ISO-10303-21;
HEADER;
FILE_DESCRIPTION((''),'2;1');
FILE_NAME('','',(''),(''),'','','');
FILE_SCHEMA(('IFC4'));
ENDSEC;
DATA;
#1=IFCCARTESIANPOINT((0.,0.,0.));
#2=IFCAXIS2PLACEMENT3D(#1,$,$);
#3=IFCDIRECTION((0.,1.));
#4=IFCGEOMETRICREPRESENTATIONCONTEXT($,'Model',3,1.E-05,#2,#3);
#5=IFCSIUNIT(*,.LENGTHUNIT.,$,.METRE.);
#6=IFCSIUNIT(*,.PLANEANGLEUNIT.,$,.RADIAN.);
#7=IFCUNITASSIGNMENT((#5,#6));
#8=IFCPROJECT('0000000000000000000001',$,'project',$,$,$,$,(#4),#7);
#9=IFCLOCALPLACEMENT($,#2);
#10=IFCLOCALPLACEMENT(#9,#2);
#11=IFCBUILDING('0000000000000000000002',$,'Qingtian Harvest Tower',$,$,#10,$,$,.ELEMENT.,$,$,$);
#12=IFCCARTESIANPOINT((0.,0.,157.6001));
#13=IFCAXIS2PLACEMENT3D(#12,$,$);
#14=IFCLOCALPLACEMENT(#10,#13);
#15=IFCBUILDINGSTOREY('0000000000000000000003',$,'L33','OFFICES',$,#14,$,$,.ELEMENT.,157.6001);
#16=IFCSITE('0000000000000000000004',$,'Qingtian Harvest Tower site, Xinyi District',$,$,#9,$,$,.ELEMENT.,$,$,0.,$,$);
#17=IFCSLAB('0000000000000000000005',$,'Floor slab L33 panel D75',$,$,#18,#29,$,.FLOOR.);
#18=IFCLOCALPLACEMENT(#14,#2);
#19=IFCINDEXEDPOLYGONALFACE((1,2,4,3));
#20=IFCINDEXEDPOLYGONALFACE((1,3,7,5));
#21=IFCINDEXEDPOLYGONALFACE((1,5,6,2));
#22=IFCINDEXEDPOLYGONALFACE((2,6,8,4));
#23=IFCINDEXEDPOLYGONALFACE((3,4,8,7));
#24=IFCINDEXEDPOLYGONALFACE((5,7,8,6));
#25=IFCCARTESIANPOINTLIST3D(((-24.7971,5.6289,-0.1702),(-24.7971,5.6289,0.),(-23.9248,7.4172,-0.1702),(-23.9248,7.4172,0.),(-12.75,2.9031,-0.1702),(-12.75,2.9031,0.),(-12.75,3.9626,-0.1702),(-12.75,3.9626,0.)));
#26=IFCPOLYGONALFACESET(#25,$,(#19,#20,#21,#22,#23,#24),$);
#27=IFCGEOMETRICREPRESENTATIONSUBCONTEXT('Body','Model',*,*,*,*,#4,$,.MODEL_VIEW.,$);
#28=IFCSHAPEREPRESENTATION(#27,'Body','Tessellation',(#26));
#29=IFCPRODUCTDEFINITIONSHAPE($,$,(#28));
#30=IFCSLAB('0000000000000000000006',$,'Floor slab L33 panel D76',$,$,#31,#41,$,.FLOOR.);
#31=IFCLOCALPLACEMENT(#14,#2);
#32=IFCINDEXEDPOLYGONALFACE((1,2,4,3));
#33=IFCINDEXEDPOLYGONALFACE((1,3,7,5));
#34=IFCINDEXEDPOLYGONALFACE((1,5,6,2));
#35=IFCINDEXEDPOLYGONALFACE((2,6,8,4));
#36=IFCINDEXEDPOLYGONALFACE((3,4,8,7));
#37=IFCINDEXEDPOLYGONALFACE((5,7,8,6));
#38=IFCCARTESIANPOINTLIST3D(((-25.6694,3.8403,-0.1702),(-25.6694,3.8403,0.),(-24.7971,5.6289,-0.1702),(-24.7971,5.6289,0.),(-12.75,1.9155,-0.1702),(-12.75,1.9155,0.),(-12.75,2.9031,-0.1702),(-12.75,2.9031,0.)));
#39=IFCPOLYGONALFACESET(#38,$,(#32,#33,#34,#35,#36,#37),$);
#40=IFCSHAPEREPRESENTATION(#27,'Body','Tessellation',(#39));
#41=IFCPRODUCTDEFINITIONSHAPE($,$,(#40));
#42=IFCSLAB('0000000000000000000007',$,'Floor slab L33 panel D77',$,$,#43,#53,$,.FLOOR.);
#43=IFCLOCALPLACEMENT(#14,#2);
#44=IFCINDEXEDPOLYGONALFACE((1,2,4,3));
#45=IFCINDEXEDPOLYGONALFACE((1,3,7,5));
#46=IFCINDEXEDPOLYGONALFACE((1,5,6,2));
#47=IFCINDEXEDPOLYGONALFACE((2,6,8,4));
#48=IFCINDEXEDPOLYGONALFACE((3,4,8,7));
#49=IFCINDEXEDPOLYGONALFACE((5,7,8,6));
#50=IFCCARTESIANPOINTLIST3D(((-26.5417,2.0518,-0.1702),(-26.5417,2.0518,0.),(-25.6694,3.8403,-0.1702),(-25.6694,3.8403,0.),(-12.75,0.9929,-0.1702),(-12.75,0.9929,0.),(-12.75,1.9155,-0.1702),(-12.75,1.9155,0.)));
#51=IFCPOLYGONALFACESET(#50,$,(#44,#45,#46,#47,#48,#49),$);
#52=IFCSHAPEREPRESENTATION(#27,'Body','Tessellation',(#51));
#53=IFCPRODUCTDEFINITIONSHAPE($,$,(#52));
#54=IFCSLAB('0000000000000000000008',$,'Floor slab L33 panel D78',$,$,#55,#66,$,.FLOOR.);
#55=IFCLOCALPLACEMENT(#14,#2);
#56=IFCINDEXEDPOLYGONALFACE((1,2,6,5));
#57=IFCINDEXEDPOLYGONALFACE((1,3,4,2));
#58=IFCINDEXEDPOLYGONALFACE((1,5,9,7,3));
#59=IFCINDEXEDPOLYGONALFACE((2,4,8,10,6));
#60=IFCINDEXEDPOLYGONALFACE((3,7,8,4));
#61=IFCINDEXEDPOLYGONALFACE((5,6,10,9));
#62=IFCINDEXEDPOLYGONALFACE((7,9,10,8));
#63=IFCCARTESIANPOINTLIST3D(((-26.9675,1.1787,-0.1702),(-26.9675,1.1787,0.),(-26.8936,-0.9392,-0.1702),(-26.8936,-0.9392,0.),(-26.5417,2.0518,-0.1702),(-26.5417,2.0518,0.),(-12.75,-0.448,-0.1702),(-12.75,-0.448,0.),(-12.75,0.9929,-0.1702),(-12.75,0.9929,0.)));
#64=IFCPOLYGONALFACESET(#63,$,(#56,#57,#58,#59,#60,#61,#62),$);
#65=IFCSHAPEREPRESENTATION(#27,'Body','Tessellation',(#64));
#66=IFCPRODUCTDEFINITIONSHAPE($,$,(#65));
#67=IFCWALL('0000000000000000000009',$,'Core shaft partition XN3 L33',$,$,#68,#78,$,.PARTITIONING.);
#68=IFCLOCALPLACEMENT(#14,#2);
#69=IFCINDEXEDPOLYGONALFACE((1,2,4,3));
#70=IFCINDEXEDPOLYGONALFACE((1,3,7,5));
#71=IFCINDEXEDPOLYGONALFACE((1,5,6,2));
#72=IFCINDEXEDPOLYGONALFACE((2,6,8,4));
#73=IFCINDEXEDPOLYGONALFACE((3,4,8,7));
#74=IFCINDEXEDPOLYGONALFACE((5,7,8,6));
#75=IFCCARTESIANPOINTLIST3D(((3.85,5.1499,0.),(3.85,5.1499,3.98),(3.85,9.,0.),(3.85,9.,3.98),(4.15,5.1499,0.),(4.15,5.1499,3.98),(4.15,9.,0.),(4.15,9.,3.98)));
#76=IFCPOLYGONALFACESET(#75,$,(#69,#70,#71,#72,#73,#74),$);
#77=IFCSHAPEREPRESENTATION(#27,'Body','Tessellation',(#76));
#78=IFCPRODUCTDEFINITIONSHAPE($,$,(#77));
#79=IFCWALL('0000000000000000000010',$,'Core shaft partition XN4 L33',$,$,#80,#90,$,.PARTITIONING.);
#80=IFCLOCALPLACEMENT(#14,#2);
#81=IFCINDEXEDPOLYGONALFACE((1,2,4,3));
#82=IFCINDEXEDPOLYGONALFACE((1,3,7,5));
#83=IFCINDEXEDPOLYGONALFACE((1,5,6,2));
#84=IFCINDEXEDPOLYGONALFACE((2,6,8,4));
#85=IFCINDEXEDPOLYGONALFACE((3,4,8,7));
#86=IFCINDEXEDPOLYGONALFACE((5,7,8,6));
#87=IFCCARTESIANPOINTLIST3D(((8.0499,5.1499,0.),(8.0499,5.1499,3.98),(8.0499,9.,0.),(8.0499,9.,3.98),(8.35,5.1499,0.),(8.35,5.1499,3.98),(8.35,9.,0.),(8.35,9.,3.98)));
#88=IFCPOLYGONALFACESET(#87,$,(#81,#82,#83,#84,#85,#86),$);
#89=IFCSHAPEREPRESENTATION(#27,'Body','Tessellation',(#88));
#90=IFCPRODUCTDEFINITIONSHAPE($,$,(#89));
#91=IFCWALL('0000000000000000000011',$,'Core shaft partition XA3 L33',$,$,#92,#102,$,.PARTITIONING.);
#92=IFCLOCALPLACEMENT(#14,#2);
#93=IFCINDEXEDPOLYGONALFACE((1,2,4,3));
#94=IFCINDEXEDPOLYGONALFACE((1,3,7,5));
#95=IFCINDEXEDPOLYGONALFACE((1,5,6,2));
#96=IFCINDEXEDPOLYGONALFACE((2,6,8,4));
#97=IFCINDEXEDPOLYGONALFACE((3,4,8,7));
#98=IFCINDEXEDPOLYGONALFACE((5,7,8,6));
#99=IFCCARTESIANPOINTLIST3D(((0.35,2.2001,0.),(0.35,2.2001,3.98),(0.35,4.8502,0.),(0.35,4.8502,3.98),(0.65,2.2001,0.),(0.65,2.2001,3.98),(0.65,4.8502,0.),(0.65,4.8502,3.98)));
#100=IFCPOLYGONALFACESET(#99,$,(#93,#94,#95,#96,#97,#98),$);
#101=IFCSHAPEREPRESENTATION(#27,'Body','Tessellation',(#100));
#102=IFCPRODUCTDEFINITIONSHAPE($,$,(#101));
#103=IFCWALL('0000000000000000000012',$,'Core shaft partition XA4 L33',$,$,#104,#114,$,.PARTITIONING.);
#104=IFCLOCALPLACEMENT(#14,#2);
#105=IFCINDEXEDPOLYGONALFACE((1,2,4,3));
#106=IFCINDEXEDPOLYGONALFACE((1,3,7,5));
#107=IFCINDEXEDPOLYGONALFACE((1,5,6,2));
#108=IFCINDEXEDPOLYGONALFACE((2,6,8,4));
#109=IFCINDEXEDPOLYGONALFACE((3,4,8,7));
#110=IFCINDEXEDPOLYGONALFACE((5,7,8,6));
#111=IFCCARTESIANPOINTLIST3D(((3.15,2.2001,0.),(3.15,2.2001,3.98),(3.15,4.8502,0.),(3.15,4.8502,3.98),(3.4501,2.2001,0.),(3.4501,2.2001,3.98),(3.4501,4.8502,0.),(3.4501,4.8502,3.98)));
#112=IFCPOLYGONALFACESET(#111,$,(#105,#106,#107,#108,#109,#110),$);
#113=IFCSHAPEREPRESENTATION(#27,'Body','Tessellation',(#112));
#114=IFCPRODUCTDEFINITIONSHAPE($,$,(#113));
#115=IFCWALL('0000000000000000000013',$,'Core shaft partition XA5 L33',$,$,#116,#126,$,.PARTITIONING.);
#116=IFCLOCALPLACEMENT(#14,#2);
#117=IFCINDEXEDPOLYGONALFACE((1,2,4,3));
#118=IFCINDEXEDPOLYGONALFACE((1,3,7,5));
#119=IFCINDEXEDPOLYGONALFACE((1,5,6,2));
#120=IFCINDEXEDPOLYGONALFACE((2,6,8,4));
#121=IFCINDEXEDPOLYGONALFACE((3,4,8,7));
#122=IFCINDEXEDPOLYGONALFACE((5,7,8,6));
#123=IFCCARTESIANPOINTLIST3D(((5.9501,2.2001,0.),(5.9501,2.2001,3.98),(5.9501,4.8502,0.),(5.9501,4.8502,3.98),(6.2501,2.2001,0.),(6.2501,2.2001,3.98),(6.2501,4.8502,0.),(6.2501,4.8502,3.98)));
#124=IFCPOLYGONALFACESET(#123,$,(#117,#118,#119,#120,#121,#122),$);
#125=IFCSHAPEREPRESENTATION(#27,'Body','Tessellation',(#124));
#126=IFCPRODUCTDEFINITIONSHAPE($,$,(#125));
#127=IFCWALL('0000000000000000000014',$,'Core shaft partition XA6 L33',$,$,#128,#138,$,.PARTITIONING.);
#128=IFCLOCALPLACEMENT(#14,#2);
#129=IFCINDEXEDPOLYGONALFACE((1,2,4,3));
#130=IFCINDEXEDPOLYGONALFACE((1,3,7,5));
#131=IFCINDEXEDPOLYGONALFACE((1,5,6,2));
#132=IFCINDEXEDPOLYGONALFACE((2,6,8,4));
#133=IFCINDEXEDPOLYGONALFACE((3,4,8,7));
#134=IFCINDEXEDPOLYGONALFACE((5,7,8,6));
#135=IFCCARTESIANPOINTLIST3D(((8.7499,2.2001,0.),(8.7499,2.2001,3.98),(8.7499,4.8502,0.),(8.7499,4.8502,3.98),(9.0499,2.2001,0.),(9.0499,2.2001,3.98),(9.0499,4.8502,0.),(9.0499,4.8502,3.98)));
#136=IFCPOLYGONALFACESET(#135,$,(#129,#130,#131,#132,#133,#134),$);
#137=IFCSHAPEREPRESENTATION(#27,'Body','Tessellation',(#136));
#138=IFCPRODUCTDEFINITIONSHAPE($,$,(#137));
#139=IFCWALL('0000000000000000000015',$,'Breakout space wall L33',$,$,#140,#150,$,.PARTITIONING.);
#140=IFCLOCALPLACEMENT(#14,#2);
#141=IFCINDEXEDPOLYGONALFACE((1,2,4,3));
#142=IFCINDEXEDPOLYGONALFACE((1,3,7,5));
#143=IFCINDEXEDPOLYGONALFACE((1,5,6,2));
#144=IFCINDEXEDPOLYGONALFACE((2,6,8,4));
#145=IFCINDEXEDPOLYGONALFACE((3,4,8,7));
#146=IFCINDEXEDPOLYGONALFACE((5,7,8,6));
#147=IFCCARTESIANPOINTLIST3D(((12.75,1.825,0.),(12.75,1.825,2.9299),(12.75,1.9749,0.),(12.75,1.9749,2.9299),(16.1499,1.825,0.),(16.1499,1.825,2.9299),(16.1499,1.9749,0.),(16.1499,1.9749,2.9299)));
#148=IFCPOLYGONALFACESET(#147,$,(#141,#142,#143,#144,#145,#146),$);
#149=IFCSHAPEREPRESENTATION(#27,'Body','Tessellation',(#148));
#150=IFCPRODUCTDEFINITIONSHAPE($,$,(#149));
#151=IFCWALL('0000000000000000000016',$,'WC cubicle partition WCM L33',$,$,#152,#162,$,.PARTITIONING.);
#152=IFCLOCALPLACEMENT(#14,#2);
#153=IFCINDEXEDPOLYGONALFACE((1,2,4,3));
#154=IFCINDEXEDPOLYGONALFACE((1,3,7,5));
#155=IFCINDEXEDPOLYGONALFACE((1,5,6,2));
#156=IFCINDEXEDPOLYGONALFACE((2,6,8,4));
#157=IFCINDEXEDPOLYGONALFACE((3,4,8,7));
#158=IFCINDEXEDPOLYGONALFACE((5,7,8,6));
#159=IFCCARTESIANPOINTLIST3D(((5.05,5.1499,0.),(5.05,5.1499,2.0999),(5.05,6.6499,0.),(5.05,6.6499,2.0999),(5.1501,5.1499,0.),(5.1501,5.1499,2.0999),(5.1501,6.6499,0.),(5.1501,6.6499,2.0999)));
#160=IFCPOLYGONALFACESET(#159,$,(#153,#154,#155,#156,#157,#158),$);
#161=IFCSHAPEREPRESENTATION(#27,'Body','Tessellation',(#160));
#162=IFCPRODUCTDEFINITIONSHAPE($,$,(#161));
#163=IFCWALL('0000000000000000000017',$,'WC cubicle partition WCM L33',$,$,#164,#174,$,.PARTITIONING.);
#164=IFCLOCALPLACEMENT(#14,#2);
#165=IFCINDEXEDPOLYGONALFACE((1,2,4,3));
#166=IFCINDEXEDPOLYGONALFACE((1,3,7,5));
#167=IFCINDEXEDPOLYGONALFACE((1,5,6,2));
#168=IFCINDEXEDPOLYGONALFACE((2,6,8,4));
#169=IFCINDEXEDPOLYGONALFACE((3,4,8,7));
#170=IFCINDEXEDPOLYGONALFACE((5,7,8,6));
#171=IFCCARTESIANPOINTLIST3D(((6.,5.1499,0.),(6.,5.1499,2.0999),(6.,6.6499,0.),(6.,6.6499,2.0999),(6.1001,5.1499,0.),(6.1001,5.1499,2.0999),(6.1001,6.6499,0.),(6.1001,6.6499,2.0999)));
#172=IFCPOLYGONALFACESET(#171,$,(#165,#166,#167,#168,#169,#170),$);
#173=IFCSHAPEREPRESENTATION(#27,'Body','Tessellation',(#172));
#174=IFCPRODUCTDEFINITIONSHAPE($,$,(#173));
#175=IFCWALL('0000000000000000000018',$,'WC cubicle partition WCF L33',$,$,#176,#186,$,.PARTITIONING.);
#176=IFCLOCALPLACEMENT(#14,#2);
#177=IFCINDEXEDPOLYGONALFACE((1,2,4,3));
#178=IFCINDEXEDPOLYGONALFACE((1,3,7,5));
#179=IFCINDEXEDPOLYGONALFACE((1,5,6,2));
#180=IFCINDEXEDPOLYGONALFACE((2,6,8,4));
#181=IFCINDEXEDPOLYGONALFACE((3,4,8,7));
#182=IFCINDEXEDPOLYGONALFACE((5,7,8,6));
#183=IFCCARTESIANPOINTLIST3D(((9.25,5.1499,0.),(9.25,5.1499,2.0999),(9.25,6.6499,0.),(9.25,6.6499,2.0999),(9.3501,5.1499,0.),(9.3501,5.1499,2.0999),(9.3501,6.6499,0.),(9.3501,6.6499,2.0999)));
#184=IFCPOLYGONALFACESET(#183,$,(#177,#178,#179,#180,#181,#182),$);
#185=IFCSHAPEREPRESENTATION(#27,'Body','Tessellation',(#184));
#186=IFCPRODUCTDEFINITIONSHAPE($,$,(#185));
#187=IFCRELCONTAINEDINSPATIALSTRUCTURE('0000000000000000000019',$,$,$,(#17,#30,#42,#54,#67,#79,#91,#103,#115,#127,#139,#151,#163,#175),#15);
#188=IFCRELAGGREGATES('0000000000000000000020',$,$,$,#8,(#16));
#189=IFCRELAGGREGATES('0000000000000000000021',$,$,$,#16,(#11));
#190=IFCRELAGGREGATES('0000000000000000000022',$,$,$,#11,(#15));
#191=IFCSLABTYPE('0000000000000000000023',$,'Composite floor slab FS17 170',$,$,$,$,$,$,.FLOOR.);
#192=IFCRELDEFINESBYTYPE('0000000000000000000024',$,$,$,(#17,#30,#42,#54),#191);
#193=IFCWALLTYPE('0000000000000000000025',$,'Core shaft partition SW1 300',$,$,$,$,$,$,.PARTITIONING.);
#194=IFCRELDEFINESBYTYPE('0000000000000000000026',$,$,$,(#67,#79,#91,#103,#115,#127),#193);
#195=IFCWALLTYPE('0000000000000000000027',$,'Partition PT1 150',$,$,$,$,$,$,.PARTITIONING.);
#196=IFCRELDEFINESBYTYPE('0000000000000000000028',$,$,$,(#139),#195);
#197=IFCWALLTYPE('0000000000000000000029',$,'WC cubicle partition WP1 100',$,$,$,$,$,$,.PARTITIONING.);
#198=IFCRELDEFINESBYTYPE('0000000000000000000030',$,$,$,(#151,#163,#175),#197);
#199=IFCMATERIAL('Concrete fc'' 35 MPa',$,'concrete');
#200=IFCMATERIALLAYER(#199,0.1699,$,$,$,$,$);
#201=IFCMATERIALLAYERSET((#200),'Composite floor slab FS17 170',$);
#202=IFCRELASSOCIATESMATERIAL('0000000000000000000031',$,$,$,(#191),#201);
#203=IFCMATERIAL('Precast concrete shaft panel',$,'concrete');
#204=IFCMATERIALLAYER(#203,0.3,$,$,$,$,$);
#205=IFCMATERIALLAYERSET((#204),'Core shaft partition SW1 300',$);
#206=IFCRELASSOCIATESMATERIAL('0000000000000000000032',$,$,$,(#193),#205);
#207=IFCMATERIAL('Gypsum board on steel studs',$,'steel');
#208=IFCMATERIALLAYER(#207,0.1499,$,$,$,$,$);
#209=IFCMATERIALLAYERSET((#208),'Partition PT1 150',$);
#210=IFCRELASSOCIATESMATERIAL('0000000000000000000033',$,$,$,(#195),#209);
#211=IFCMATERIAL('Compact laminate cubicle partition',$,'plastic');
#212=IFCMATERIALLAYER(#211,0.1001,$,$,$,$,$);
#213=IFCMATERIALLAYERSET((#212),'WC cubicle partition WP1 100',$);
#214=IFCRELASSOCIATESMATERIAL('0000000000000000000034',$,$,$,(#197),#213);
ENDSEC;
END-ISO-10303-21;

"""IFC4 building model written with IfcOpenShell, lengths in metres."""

from ifc_helpers import new_model, si_unit, direction, frame, frame_2d, origin, place, context, subcontext, project, spatial, polyline, rectangle, outline, extrude, material, layer, layer_set, type_object, element, save


model = new_model("IFC4")

# Units and contexts
model_context = context("Model", 3, precision=1e-05, world=origin(), true_north=direction((0.0, 1.0)))
body_context = subcontext(model_context, "Body", "Model", "MODEL_VIEW")
ifc_project = project(units=[si_unit("LENGTHUNIT", "METRE"), si_unit("PLANEANGLEUNIT", "RADIAN")], contexts=[model_context])

# Site, building, storey
site_placement = place(None, origin())
site = spatial("IfcSite", under=ifc_project, at=site_placement, Name="Qingtian Harvest Tower site, Xinyi District", CompositionType="ELEMENT", RefElevation=0.0)
building_placement = place(site_placement, origin())
building = spatial("IfcBuilding", under=site, at=building_placement, Name="Qingtian Harvest Tower", CompositionType="ELEMENT")
storey_placement = place(building_placement, frame((0.0, 0.0, 157.6001)))
storey = spatial("IfcBuildingStorey", under=building, at=storey_placement, Name="L33", Description="OFFICES", CompositionType="ELEMENT", Elevation=157.6001)

# Slabs
ifc_material_1 = material(Name="Concrete fc' 35 MPa", Category="concrete")
ifc_layer_1 = layer(ifc_material_1, 0.1699)
ifc_layer_set_1 = layer_set([ifc_layer_1], Name="Composite floor slab FS17 170")
slab_type = type_object("IfcSlabType", Name="Composite floor slab FS17 170", PredefinedType="FLOOR", material=ifc_layer_set_1)
slab_1_placement = place(storey_placement, frame((0.0, 0.0, -0.1702)))
element("IfcSlab", 1, at=slab_1_placement, inside=storey, type_object=slab_type, Name="Floor slab L33 panel D75", PredefinedType="FLOOR", context=body_context, shape_type="SweptSolid", body=[
    extrude(outline(polyline([(-12.75, 2.9031), (-24.7971, 5.6289), (-23.9248, 7.4172), (-12.75, 3.9626), (-12.75, 2.9031)])), origin(), (0.0, 0.0, 1.0), 0.1702),
])
slab_2_placement = place(storey_placement, frame((0.0, 0.0, -0.1702)))
element("IfcSlab", 2, at=slab_2_placement, inside=storey, type_object=slab_type, Name="Floor slab L33 panel D76", PredefinedType="FLOOR", context=body_context, shape_type="SweptSolid", body=[
    extrude(outline(polyline([(-12.75, 1.9155), (-25.6694, 3.8403), (-24.7971, 5.6289), (-12.75, 2.9031), (-12.75, 1.9155)])), origin(), (0.0, 0.0, 1.0), 0.1702),
])
slab_3_placement = place(storey_placement, frame((0.0, 0.0, -0.1702)))
element("IfcSlab", 3, at=slab_3_placement, inside=storey, type_object=slab_type, Name="Floor slab L33 panel D77", PredefinedType="FLOOR", context=body_context, shape_type="SweptSolid", body=[
    extrude(outline(polyline([(-12.75, 0.9929), (-26.5417, 2.0518), (-25.6694, 3.8403), (-12.75, 1.9155), (-12.75, 0.9929)])), origin(), (0.0, 0.0, 1.0), 0.1702),
])
slab_4_placement = place(storey_placement, frame((0.0, 0.0, -0.1702)))
element("IfcSlab", 4, at=slab_4_placement, inside=storey, type_object=slab_type, Name="Floor slab L33 panel D78", PredefinedType="FLOOR", context=body_context, shape_type="SweptSolid", body=[
    extrude(outline(polyline([(-12.75, 0.9929), (-12.75, -0.448), (-26.8936, -0.9392), (-26.9675, 1.1787), (-26.5417, 2.0518), (-12.75, 0.9929)])), origin(), (0.0, 0.0, 1.0), 0.1702),
])

# Shared definitions
ifc_material_2 = material(Name="Precast concrete shaft panel", Category="concrete")
ifc_layer_2 = layer(ifc_material_2, 0.3)
ifc_layer_set_2 = layer_set([ifc_layer_2], Name="Core shaft partition SW1 300")
wall_type_1 = type_object("IfcWallType", Name="Core shaft partition SW1 300", PredefinedType="PARTITIONING", material=ifc_layer_set_2)

# Walls
for number, where, z_axis, x_axis, name in (
    (5, (4.0, 5.1499, 0.0), (0.0, 0.0, 1.0), (0.0, 1.0, 0.0), "Core shaft partition XN3 L33"),
    (6, (8.2, 5.1499, 0.0), (0.0, 0.0, 1.0), (0.0, 1.0, 0.0), "Core shaft partition XN4 L33"),
):
    element("IfcWall", number, at=place(storey_placement, frame(where, z_axis=z_axis, x_axis=x_axis)), inside=storey, type_object=wall_type_1, Name=name, PredefinedType="PARTITIONING", context=body_context, shape_type="SweptSolid", body=[
        extrude(rectangle(XDim=3.8501, YDim=0.3, at=frame_2d((1.925, 0.0))), origin(), (0.0, 0.0, 1.0), 3.98),
    ])
for number, where, z_axis, x_axis, name in (
    (7, (0.5, 2.2, 0.0), (0.0, 0.0, 1.0), (0.0, 1.0, 0.0), "Core shaft partition XA3 L33"),
    (8, (3.3, 2.2, 0.0), (0.0, 0.0, 1.0), (0.0, 1.0, 0.0), "Core shaft partition XA4 L33"),
    (9, (6.1001, 2.2, 0.0), (0.0, 0.0, 1.0), (0.0, 1.0, 0.0), "Core shaft partition XA5 L33"),
    (10, (8.8999, 2.2, 0.0), (0.0, 0.0, 1.0), (0.0, 1.0, 0.0), "Core shaft partition XA6 L33"),
):
    element("IfcWall", number, at=place(storey_placement, frame(where, z_axis=z_axis, x_axis=x_axis)), inside=storey, type_object=wall_type_1, Name=name, PredefinedType="PARTITIONING", context=body_context, shape_type="SweptSolid", body=[
        extrude(rectangle(XDim=2.6501, YDim=0.3, at=frame_2d((1.3252, 0.0))), origin(), (0.0, 0.0, 1.0), 3.98),
    ])
ifc_material_3 = material(Name="Gypsum board on steel studs", Category="steel")
ifc_layer_3 = layer(ifc_material_3, 0.1499)
ifc_layer_set_3 = layer_set([ifc_layer_3], Name="Partition PT1 150")
wall_type_2 = type_object("IfcWallType", Name="Partition PT1 150", PredefinedType="PARTITIONING", material=ifc_layer_set_3)
wall_1_placement = place(storey_placement, frame((12.75, 1.8999, 0.0), z_axis=(0.0, 0.0, 1.0), x_axis=(1.0, 0.0, 0.0)))
element("IfcWall", 11, at=wall_1_placement, inside=storey, type_object=wall_type_2, Name="Breakout space wall L33", PredefinedType="PARTITIONING", context=body_context, shape_type="SweptSolid", body=[
    extrude(rectangle(XDim=3.3999, YDim=0.1499, at=frame_2d((1.7, 0.0))), origin(), (0.0, 0.0, 1.0), 2.9299),
])
ifc_material_4 = material(Name="Compact laminate cubicle partition", Category="plastic")
ifc_layer_4 = layer(ifc_material_4, 0.1001)
ifc_layer_set_4 = layer_set([ifc_layer_4], Name="WC cubicle partition WP1 100")
wall_type_3 = type_object("IfcWallType", Name="WC cubicle partition WP1 100", PredefinedType="PARTITIONING", material=ifc_layer_set_4)
for number, where, z_axis, x_axis, name in (
    (12, (5.1001, 5.1499, 0.0), (0.0, 0.0, 1.0), (0.0, 1.0, 0.0), "WC cubicle partition WCM L33"),
    (13, (6.05, 5.1499, 0.0), (0.0, 0.0, 1.0), (0.0, 1.0, 0.0), "WC cubicle partition WCM L33"),
    (14, (9.3, 5.1499, 0.0), (0.0, 0.0, 1.0), (0.0, 1.0, 0.0), "WC cubicle partition WCF L33"),
):
    element("IfcWall", number, at=place(storey_placement, frame(where, z_axis=z_axis, x_axis=x_axis)), inside=storey, type_object=wall_type_3, Name=name, PredefinedType="PARTITIONING", context=body_context, shape_type="SweptSolid", body=[
        extrude(rectangle(XDim=1.5, YDim=0.1001, at=frame_2d((0.75, 0.0))), origin(), (0.0, 0.0, 1.0), 2.0999),
    ])

save(model, "model.ifc")
